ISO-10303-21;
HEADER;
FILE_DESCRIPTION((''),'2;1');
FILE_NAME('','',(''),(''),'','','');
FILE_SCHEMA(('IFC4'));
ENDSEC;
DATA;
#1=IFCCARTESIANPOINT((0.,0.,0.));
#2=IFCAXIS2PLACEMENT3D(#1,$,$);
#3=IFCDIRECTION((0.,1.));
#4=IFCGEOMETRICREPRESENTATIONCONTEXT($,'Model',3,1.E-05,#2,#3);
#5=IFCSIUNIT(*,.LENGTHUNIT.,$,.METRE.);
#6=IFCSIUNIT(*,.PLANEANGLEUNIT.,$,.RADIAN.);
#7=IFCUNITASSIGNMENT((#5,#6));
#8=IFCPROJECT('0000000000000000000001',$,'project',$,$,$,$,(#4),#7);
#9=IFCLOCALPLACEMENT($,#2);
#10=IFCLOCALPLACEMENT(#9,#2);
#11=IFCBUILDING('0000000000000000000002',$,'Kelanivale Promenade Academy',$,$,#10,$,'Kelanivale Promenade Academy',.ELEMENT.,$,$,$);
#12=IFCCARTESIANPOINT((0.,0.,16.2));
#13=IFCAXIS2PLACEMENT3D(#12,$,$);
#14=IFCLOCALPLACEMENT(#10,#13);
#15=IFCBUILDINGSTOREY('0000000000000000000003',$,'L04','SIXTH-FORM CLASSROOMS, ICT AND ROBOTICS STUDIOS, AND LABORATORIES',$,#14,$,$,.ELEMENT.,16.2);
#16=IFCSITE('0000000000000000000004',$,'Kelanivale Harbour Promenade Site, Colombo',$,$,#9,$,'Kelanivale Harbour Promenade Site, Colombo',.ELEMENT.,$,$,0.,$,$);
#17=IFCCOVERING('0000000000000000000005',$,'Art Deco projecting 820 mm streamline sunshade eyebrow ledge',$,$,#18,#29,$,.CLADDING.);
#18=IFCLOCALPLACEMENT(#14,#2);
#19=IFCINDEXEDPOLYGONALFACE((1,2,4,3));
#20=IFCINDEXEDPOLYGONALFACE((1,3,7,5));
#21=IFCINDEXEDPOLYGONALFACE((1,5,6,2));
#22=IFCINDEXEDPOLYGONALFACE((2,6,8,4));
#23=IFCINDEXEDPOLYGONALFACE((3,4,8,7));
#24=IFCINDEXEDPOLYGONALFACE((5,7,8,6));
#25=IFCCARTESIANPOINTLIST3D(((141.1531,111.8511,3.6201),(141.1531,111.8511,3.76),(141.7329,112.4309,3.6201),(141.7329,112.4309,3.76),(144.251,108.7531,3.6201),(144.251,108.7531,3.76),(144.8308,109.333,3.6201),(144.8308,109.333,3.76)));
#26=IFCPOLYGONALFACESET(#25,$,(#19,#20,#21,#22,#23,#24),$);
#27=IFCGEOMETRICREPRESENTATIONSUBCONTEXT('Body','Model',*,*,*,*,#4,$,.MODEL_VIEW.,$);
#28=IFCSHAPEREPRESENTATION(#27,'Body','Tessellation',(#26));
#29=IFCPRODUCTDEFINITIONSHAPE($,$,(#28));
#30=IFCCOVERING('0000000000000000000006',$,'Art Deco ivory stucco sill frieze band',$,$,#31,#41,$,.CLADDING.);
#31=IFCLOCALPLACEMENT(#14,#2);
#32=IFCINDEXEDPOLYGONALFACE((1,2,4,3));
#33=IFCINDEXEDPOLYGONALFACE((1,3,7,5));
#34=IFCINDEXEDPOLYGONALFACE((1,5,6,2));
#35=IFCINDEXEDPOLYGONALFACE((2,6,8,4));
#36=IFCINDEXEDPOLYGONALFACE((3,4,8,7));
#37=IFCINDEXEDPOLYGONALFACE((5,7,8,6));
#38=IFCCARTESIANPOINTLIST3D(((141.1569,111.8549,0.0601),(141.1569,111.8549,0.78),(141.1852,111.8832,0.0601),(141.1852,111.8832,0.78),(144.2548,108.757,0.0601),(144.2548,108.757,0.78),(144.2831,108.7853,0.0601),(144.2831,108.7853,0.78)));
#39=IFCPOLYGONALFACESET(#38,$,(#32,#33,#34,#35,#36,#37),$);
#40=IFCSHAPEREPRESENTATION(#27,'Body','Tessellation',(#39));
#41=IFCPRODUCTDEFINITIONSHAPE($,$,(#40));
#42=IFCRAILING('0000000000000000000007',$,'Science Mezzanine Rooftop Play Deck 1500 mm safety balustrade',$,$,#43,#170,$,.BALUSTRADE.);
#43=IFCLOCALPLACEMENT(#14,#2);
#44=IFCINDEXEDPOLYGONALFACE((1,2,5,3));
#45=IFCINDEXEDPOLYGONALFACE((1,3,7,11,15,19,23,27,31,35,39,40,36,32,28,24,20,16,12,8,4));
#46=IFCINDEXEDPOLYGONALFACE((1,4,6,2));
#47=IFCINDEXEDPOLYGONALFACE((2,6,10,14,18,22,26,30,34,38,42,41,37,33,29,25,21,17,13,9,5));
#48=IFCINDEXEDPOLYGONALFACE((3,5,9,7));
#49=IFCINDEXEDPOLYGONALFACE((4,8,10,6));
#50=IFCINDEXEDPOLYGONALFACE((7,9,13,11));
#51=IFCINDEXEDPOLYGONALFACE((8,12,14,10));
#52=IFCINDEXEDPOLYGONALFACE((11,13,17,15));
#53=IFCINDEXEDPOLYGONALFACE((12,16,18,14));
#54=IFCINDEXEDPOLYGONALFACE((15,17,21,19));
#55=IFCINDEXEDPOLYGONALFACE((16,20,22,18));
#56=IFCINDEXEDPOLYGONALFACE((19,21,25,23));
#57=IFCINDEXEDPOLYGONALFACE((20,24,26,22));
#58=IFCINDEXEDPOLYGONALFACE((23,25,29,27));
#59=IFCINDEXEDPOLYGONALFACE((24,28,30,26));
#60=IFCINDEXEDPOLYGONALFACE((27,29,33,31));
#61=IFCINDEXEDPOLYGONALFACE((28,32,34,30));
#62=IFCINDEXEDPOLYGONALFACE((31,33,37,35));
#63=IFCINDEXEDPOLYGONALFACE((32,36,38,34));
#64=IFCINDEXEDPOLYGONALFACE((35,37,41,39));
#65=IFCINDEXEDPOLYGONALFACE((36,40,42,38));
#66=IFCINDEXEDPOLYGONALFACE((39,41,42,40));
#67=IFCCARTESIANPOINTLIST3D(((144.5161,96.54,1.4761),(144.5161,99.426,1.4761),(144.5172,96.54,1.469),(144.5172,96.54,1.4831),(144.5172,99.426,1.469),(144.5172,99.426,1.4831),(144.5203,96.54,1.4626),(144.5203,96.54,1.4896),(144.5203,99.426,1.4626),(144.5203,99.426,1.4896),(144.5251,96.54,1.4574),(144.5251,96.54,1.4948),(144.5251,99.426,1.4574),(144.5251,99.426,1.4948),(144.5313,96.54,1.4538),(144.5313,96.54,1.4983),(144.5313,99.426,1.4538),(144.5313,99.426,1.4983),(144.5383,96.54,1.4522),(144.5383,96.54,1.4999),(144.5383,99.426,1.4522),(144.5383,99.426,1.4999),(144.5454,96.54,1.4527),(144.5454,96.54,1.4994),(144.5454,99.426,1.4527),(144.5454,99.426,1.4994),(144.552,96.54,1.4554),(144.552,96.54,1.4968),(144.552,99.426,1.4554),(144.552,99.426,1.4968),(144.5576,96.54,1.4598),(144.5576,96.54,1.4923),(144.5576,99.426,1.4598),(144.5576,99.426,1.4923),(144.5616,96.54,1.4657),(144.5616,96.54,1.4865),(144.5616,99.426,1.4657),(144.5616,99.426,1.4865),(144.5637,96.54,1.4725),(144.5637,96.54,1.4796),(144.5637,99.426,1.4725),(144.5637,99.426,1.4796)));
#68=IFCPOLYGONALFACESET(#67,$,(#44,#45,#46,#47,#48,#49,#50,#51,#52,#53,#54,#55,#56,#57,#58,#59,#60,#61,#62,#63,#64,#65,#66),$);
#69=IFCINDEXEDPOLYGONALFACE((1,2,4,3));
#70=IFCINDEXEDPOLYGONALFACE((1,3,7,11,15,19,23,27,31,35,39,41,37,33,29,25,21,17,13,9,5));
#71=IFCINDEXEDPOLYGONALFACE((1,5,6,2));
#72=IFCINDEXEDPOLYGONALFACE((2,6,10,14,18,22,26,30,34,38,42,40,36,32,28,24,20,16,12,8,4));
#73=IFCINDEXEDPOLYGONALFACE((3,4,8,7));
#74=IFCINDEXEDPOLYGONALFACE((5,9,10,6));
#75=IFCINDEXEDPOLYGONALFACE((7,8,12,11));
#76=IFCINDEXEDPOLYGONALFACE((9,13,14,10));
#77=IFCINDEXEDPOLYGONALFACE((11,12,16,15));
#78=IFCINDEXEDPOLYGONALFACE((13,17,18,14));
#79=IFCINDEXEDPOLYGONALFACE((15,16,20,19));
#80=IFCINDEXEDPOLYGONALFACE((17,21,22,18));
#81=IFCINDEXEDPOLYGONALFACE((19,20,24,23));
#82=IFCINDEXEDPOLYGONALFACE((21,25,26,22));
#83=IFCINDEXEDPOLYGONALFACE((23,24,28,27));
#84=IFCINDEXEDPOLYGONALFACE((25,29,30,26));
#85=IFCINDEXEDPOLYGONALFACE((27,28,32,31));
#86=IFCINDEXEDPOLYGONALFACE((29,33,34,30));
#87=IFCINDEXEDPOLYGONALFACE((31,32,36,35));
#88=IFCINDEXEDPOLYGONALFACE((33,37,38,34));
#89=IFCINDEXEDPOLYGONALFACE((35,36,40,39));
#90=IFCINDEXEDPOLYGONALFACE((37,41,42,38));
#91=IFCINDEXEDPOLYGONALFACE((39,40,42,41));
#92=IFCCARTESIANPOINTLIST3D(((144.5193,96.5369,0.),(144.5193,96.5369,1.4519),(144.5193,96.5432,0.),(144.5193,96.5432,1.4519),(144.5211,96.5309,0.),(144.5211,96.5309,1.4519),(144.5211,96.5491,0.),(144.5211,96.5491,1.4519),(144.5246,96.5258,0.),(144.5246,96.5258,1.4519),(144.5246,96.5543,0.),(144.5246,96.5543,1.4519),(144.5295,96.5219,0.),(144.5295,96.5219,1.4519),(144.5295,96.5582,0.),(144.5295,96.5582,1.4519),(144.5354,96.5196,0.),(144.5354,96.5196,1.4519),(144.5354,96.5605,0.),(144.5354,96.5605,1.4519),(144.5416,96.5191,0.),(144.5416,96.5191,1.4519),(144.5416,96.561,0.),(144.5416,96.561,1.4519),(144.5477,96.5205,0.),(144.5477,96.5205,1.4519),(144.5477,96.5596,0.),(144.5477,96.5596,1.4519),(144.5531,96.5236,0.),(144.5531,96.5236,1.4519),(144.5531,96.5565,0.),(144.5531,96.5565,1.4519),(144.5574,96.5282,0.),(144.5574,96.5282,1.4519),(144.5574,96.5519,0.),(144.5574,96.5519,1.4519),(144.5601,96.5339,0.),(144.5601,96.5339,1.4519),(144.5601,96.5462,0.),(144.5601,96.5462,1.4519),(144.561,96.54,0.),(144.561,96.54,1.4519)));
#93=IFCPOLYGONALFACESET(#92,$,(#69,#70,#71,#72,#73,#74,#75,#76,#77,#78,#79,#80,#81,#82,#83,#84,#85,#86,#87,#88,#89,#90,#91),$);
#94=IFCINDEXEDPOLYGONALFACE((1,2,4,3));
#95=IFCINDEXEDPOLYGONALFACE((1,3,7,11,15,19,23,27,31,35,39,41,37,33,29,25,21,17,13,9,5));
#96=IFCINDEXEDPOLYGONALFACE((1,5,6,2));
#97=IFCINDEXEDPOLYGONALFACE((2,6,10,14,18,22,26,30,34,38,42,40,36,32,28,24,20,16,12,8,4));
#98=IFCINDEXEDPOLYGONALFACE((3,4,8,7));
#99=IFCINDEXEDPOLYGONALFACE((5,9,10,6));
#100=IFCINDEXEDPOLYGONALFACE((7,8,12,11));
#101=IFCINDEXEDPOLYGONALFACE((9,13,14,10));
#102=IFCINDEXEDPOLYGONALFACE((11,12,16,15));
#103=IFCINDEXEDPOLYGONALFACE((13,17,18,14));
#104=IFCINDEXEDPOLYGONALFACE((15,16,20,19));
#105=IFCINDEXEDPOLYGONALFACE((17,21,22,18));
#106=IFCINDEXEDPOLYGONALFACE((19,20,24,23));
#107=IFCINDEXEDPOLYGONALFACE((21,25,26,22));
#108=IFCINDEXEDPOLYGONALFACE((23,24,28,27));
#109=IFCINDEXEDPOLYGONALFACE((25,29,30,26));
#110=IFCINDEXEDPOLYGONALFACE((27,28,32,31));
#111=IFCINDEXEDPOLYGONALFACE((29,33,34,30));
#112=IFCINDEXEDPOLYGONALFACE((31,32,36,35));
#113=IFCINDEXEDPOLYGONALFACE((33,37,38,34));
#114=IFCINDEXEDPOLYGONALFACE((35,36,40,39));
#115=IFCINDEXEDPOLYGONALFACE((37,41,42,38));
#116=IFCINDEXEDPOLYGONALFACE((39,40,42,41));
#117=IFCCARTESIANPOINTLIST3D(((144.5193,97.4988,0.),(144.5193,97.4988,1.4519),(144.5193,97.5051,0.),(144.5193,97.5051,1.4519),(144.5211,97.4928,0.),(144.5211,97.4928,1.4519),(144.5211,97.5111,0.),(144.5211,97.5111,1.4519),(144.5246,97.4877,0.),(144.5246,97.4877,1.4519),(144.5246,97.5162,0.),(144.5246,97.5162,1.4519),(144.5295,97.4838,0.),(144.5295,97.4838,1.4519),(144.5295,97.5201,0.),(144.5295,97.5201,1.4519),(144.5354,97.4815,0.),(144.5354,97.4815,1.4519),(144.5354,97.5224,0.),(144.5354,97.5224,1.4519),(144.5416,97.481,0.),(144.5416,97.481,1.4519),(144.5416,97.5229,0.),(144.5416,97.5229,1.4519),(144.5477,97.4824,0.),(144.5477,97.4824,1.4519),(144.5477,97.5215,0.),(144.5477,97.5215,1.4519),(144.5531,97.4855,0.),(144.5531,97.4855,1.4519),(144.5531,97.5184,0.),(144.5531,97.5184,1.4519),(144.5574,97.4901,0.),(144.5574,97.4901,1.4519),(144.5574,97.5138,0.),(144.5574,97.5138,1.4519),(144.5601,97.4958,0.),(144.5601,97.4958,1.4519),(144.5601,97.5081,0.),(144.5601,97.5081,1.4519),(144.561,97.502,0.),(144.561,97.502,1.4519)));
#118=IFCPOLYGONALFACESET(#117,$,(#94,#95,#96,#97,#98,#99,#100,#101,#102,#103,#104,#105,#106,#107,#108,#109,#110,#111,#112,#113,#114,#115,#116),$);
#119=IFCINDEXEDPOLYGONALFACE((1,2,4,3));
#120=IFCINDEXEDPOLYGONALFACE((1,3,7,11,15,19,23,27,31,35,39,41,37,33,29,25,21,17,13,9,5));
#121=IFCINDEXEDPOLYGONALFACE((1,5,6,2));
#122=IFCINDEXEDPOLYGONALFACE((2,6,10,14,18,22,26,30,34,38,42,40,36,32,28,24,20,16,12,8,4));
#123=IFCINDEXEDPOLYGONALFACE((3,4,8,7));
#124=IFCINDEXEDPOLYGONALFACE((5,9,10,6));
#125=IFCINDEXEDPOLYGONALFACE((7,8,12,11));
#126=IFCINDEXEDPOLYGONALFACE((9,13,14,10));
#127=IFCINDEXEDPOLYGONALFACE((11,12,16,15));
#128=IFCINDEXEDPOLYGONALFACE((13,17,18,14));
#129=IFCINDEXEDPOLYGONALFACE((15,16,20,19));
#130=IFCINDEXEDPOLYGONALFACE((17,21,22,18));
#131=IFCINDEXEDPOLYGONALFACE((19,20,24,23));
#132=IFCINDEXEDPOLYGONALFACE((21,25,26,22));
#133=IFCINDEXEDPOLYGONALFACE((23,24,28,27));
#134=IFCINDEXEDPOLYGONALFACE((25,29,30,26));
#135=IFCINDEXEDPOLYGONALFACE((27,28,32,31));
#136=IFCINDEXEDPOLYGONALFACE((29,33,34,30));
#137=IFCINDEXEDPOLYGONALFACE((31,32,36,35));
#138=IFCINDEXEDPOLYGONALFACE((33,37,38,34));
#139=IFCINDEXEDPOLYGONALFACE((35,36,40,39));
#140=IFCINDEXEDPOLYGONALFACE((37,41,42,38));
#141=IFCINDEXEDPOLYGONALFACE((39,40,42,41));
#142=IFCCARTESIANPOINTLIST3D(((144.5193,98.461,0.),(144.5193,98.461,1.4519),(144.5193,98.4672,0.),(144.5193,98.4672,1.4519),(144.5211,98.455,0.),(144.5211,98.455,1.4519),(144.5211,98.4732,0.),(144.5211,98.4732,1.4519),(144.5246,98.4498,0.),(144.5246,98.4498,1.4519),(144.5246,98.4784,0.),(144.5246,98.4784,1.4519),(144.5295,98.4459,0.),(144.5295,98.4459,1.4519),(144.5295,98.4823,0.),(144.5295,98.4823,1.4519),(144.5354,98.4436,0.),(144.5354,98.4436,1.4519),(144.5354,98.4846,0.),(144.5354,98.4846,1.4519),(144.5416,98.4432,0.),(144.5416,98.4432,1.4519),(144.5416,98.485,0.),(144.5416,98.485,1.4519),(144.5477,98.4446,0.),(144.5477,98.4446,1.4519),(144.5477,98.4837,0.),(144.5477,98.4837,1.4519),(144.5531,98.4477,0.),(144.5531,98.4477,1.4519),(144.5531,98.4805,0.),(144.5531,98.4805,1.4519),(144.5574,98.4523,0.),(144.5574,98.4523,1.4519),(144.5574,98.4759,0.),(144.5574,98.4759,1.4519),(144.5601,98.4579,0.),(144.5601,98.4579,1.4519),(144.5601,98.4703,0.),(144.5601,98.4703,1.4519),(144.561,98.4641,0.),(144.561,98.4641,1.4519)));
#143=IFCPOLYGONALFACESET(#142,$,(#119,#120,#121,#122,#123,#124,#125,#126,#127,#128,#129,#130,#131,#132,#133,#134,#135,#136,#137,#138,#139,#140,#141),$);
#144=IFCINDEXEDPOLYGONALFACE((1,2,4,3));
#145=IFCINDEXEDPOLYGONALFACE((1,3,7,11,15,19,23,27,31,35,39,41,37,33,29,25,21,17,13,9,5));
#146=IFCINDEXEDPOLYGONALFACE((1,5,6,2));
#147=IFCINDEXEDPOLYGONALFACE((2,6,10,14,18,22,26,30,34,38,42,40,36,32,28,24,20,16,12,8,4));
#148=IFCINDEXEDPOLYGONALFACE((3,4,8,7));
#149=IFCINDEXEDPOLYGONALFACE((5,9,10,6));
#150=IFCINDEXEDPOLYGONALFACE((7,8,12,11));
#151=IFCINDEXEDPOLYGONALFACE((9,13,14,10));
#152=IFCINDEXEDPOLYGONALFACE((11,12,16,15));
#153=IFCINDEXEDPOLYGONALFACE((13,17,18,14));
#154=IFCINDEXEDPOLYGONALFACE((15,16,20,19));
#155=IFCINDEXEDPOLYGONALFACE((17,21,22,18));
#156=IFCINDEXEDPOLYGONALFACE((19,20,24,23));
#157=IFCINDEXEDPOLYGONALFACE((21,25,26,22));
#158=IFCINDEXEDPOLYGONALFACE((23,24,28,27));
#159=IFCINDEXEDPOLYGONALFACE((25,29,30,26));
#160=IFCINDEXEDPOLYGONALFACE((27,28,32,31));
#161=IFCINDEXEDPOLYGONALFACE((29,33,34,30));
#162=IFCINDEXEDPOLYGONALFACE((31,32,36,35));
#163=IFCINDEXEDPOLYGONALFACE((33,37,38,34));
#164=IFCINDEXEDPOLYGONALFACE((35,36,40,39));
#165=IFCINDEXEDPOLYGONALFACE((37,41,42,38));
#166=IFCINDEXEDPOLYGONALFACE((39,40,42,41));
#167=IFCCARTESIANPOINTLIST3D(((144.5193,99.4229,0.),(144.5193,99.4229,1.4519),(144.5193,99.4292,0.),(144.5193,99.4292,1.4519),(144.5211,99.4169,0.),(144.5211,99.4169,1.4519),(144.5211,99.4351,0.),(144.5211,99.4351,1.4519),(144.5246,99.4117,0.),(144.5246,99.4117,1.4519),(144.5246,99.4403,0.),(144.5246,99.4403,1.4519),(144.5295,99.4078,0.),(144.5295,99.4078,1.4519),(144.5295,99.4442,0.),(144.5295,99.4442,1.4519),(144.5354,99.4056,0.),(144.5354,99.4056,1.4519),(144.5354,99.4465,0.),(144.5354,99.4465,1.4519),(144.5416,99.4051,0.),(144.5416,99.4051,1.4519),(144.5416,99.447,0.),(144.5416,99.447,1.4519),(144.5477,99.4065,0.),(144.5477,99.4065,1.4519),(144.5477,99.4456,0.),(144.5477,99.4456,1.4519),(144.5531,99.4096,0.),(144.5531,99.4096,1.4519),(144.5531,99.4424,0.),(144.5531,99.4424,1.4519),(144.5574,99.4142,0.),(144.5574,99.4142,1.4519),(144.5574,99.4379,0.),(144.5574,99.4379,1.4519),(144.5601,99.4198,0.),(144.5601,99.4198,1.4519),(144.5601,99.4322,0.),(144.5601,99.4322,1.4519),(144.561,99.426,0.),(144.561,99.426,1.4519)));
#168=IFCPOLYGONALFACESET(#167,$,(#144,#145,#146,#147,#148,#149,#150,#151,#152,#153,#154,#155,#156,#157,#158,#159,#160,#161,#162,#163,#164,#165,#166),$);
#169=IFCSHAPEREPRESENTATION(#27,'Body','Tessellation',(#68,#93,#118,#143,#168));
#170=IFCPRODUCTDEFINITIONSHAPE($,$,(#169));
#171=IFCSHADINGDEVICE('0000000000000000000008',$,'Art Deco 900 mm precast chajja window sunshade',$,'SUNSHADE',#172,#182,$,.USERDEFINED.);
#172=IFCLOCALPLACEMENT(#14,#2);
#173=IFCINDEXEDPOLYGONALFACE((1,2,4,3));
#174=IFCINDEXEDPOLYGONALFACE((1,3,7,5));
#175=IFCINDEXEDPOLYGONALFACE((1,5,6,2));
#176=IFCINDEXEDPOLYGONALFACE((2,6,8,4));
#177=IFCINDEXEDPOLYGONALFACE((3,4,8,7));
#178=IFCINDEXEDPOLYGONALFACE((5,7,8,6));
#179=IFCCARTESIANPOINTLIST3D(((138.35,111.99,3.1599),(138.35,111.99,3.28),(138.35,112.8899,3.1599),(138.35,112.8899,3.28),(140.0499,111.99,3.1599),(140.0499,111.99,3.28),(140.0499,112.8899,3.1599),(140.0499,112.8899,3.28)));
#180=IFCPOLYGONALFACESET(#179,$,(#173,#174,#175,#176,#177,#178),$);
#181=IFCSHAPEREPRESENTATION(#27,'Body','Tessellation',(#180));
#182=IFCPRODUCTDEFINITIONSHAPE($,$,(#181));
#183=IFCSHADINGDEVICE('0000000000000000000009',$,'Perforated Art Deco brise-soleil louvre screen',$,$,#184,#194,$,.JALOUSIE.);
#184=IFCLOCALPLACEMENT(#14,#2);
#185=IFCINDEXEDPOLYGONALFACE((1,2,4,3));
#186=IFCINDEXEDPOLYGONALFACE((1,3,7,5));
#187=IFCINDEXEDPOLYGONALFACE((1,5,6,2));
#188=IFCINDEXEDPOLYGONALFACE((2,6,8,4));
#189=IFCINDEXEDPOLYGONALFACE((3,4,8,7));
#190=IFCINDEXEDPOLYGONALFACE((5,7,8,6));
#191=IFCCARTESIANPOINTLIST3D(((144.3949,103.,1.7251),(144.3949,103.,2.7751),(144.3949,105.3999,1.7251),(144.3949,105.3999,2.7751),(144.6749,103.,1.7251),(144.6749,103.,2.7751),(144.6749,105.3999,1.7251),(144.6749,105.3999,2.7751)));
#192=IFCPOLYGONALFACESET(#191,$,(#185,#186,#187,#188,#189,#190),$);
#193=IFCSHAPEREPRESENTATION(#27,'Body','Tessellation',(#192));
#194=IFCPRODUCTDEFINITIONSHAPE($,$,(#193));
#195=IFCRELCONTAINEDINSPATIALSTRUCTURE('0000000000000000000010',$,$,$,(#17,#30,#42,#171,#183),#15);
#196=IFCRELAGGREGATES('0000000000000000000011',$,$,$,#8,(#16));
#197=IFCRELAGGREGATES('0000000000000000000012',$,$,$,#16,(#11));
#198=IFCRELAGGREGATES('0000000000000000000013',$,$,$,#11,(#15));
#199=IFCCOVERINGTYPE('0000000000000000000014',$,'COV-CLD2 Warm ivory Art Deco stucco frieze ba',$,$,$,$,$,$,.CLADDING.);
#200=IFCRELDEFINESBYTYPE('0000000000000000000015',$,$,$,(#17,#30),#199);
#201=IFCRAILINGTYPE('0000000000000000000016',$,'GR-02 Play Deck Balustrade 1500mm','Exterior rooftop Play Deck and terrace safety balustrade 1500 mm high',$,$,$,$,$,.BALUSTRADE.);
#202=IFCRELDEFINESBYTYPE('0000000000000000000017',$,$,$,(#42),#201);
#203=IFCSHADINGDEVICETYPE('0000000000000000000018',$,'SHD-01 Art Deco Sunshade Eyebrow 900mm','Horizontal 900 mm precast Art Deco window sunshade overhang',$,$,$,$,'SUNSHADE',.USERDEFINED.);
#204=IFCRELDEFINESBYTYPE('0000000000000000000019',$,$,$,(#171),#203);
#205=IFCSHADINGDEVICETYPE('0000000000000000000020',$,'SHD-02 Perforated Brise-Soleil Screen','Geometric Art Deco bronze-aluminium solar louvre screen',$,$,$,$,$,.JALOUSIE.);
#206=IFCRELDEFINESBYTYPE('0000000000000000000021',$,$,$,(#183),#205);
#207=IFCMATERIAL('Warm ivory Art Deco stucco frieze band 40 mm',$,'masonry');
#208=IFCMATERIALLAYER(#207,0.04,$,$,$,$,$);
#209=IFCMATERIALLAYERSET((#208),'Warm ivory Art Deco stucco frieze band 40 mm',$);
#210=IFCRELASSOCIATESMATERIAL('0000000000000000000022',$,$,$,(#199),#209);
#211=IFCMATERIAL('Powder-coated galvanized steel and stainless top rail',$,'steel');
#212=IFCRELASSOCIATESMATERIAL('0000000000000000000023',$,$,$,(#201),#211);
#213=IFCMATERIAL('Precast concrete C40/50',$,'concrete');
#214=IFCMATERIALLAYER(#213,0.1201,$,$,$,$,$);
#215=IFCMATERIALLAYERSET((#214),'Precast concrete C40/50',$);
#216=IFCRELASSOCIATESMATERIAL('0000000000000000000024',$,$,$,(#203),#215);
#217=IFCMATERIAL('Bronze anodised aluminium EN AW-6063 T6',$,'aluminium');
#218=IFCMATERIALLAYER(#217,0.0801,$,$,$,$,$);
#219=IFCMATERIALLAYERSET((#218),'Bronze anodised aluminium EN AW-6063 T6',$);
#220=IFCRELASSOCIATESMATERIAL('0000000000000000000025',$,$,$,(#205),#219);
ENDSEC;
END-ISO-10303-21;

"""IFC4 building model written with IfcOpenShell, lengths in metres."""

from ifc_helpers import new_model, si_unit, direction, frame, origin, origin_2d, place, context, subcontext, project, spatial, rectangle, circle, extrude, material, layer, layer_set, type_object, element, save


model = new_model("IFC4")

# Units and contexts
model_context = context("Model", 3, precision=1e-05, world=origin(), true_north=direction((0.0, 1.0)))
body_context = subcontext(model_context, "Body", "Model", "MODEL_VIEW")
ifc_project = project(units=[si_unit("LENGTHUNIT", "METRE"), si_unit("PLANEANGLEUNIT", "RADIAN")], contexts=[model_context])

# Site, building, storey
site_placement = place(None, origin())
site = spatial("IfcSite", under=ifc_project, at=site_placement, Name="Kelanivale Harbour Promenade Site, Colombo", LongName="Kelanivale Harbour Promenade Site, Colombo", CompositionType="ELEMENT", RefElevation=0.0)
building_placement = place(site_placement, origin())
building = spatial("IfcBuilding", under=site, at=building_placement, Name="Kelanivale Promenade Academy", LongName="Kelanivale Promenade Academy", CompositionType="ELEMENT")
storey_placement = place(building_placement, frame((0.0, 0.0, 16.2)))
storey = spatial("IfcBuildingStorey", under=building, at=storey_placement, Name="L04", Description="SIXTH-FORM CLASSROOMS, ICT AND ROBOTICS STUDIOS, AND LABORATORIES", CompositionType="ELEMENT", Elevation=16.2)

# Coverings
ifc_material_1 = material(Name="Warm ivory Art Deco stucco frieze band 40 mm", Category="masonry")
ifc_layer_1 = layer(ifc_material_1, 0.04)
ifc_layer_set_1 = layer_set([ifc_layer_1], Name="Warm ivory Art Deco stucco frieze band 40 mm")
covering_type = type_object("IfcCoveringType", Name="COV-CLD2 Warm ivory Art Deco stucco frieze ba", PredefinedType="CLADDING", material=ifc_layer_set_1)
covering_1_placement = place(storey_placement, frame((142.9919, 110.592, 3.6201), z_axis=(0.0, 0.0, 1.0), x_axis=(-0.707107, 0.707107, 0.0)))
element("IfcCovering", 1, at=covering_1_placement, inside=storey, type_object=covering_type, Name="Art Deco projecting 820 mm streamline sunshade eyebrow ledge", PredefinedType="CLADDING", context=body_context, shape_type="SweptSolid", body=[
    extrude(rectangle(XDim=4.3811, YDim=0.8201, at=origin_2d()), origin(), (0.0, 0.0, 1.0), 0.1399),
])
covering_2_placement = place(storey_placement, frame((142.72, 110.3201, 0.0601), z_axis=(0.0, 0.0, 1.0), x_axis=(-0.707107, 0.707107, 0.0)))
element("IfcCovering", 2, at=covering_2_placement, inside=storey, type_object=covering_type, Name="Art Deco ivory stucco sill frieze band", PredefinedType="CLADDING", context=body_context, shape_type="SweptSolid", body=[
    extrude(rectangle(XDim=4.3811, YDim=0.04, at=origin_2d()), origin(), (0.0, 0.0, 1.0), 0.72),
])

# Railing
ifc_material_2 = material(Name="Powder-coated galvanized steel and stainless top rail", Category="steel")
railing_type = type_object("IfcRailingType", Name="GR-02 Play Deck Balustrade 1500mm", Description="Exterior rooftop Play Deck and terrace safety balustrade 1500 mm high", PredefinedType="BALUSTRADE", material=ifc_material_2)
railing_1_placement = place(storey_placement, frame((144.54, 96.54, 0.0)))
element("IfcRailing", 3, at=railing_1_placement, inside=storey, type_object=railing_type, Name="Science Mezzanine Rooftop Play Deck 1500 mm safety balustrade", PredefinedType="BALUSTRADE", context=body_context, shape_type="SweptSolid", body=[
    extrude(circle(Radius=0.0239, at=origin_2d()), frame((0.0, 0.0, 1.4761), z_axis=(0.0, 1.0, 0.0), x_axis=(-1.0, 0.0, 0.0)), (0.0, 0.0, 1.0), 2.886),
    extrude(circle(Radius=0.021, at=origin_2d()), origin(), (0.0, 0.0, 1.0), 1.4519),
    extrude(circle(Radius=0.021, at=origin_2d()), frame((0.0, 0.9619, 0.0)), (0.0, 0.0, 1.0), 1.4519),
    extrude(circle(Radius=0.021, at=origin_2d()), frame((0.0, 1.9241, 0.0)), (0.0, 0.0, 1.0), 1.4519),
    extrude(circle(Radius=0.021, at=origin_2d()), frame((0.0, 2.886, 0.0)), (0.0, 0.0, 1.0), 1.4519),
])

# Shading devices
ifc_material_3 = material(Name="Precast concrete C40/50", Category="concrete")
ifc_layer_2 = layer(ifc_material_3, 0.1201)
ifc_layer_set_2 = layer_set([ifc_layer_2], Name="Precast concrete C40/50")
shading_device_type_1 = type_object("IfcShadingDeviceType", Name="SHD-01 Art Deco Sunshade Eyebrow 900mm", Description="Horizontal 900 mm precast Art Deco window sunshade overhang", ElementType="SUNSHADE", PredefinedType="USERDEFINED", material=ifc_layer_set_2)
shading_device_1_placement = place(storey_placement, frame((139.2, 112.4399, 3.1599), z_axis=(0.0, 0.0, 1.0), x_axis=(-1.0, 0.0, 0.0)))
element("IfcShadingDevice", 4, at=shading_device_1_placement, inside=storey, type_object=shading_device_type_1, Name="Art Deco 900 mm precast chajja window sunshade", ObjectType="SUNSHADE", PredefinedType="USERDEFINED", context=body_context, shape_type="SweptSolid", body=[
    extrude(rectangle(XDim=1.7, YDim=0.8999, at=origin_2d()), origin(), (0.0, 0.0, 1.0), 0.1201),
])
ifc_material_4 = material(Name="Bronze anodised aluminium EN AW-6063 T6", Category="aluminium")
ifc_layer_3 = layer(ifc_material_4, 0.0801)
ifc_layer_set_3 = layer_set([ifc_layer_3], Name="Bronze anodised aluminium EN AW-6063 T6")
shading_device_type_2 = type_object("IfcShadingDeviceType", Name="SHD-02 Perforated Brise-Soleil Screen", Description="Geometric Art Deco bronze-aluminium solar louvre screen", PredefinedType="JALOUSIE", material=ifc_layer_set_3)
shading_device_2_placement = place(storey_placement, frame((144.5349, 104.2, 1.7251), z_axis=(0.0, 0.0, 1.0), x_axis=(0.0, 1.0, 0.0)))
element("IfcShadingDevice", 5, at=shading_device_2_placement, inside=storey, type_object=shading_device_type_2, Name="Perforated Art Deco brise-soleil louvre screen", PredefinedType="JALOUSIE", context=body_context, shape_type="SweptSolid", body=[
    extrude(rectangle(XDim=2.3999, YDim=0.28, at=origin_2d()), origin(), (0.0, 0.0, 1.0), 1.05),
])

save(model, "model.ifc")
